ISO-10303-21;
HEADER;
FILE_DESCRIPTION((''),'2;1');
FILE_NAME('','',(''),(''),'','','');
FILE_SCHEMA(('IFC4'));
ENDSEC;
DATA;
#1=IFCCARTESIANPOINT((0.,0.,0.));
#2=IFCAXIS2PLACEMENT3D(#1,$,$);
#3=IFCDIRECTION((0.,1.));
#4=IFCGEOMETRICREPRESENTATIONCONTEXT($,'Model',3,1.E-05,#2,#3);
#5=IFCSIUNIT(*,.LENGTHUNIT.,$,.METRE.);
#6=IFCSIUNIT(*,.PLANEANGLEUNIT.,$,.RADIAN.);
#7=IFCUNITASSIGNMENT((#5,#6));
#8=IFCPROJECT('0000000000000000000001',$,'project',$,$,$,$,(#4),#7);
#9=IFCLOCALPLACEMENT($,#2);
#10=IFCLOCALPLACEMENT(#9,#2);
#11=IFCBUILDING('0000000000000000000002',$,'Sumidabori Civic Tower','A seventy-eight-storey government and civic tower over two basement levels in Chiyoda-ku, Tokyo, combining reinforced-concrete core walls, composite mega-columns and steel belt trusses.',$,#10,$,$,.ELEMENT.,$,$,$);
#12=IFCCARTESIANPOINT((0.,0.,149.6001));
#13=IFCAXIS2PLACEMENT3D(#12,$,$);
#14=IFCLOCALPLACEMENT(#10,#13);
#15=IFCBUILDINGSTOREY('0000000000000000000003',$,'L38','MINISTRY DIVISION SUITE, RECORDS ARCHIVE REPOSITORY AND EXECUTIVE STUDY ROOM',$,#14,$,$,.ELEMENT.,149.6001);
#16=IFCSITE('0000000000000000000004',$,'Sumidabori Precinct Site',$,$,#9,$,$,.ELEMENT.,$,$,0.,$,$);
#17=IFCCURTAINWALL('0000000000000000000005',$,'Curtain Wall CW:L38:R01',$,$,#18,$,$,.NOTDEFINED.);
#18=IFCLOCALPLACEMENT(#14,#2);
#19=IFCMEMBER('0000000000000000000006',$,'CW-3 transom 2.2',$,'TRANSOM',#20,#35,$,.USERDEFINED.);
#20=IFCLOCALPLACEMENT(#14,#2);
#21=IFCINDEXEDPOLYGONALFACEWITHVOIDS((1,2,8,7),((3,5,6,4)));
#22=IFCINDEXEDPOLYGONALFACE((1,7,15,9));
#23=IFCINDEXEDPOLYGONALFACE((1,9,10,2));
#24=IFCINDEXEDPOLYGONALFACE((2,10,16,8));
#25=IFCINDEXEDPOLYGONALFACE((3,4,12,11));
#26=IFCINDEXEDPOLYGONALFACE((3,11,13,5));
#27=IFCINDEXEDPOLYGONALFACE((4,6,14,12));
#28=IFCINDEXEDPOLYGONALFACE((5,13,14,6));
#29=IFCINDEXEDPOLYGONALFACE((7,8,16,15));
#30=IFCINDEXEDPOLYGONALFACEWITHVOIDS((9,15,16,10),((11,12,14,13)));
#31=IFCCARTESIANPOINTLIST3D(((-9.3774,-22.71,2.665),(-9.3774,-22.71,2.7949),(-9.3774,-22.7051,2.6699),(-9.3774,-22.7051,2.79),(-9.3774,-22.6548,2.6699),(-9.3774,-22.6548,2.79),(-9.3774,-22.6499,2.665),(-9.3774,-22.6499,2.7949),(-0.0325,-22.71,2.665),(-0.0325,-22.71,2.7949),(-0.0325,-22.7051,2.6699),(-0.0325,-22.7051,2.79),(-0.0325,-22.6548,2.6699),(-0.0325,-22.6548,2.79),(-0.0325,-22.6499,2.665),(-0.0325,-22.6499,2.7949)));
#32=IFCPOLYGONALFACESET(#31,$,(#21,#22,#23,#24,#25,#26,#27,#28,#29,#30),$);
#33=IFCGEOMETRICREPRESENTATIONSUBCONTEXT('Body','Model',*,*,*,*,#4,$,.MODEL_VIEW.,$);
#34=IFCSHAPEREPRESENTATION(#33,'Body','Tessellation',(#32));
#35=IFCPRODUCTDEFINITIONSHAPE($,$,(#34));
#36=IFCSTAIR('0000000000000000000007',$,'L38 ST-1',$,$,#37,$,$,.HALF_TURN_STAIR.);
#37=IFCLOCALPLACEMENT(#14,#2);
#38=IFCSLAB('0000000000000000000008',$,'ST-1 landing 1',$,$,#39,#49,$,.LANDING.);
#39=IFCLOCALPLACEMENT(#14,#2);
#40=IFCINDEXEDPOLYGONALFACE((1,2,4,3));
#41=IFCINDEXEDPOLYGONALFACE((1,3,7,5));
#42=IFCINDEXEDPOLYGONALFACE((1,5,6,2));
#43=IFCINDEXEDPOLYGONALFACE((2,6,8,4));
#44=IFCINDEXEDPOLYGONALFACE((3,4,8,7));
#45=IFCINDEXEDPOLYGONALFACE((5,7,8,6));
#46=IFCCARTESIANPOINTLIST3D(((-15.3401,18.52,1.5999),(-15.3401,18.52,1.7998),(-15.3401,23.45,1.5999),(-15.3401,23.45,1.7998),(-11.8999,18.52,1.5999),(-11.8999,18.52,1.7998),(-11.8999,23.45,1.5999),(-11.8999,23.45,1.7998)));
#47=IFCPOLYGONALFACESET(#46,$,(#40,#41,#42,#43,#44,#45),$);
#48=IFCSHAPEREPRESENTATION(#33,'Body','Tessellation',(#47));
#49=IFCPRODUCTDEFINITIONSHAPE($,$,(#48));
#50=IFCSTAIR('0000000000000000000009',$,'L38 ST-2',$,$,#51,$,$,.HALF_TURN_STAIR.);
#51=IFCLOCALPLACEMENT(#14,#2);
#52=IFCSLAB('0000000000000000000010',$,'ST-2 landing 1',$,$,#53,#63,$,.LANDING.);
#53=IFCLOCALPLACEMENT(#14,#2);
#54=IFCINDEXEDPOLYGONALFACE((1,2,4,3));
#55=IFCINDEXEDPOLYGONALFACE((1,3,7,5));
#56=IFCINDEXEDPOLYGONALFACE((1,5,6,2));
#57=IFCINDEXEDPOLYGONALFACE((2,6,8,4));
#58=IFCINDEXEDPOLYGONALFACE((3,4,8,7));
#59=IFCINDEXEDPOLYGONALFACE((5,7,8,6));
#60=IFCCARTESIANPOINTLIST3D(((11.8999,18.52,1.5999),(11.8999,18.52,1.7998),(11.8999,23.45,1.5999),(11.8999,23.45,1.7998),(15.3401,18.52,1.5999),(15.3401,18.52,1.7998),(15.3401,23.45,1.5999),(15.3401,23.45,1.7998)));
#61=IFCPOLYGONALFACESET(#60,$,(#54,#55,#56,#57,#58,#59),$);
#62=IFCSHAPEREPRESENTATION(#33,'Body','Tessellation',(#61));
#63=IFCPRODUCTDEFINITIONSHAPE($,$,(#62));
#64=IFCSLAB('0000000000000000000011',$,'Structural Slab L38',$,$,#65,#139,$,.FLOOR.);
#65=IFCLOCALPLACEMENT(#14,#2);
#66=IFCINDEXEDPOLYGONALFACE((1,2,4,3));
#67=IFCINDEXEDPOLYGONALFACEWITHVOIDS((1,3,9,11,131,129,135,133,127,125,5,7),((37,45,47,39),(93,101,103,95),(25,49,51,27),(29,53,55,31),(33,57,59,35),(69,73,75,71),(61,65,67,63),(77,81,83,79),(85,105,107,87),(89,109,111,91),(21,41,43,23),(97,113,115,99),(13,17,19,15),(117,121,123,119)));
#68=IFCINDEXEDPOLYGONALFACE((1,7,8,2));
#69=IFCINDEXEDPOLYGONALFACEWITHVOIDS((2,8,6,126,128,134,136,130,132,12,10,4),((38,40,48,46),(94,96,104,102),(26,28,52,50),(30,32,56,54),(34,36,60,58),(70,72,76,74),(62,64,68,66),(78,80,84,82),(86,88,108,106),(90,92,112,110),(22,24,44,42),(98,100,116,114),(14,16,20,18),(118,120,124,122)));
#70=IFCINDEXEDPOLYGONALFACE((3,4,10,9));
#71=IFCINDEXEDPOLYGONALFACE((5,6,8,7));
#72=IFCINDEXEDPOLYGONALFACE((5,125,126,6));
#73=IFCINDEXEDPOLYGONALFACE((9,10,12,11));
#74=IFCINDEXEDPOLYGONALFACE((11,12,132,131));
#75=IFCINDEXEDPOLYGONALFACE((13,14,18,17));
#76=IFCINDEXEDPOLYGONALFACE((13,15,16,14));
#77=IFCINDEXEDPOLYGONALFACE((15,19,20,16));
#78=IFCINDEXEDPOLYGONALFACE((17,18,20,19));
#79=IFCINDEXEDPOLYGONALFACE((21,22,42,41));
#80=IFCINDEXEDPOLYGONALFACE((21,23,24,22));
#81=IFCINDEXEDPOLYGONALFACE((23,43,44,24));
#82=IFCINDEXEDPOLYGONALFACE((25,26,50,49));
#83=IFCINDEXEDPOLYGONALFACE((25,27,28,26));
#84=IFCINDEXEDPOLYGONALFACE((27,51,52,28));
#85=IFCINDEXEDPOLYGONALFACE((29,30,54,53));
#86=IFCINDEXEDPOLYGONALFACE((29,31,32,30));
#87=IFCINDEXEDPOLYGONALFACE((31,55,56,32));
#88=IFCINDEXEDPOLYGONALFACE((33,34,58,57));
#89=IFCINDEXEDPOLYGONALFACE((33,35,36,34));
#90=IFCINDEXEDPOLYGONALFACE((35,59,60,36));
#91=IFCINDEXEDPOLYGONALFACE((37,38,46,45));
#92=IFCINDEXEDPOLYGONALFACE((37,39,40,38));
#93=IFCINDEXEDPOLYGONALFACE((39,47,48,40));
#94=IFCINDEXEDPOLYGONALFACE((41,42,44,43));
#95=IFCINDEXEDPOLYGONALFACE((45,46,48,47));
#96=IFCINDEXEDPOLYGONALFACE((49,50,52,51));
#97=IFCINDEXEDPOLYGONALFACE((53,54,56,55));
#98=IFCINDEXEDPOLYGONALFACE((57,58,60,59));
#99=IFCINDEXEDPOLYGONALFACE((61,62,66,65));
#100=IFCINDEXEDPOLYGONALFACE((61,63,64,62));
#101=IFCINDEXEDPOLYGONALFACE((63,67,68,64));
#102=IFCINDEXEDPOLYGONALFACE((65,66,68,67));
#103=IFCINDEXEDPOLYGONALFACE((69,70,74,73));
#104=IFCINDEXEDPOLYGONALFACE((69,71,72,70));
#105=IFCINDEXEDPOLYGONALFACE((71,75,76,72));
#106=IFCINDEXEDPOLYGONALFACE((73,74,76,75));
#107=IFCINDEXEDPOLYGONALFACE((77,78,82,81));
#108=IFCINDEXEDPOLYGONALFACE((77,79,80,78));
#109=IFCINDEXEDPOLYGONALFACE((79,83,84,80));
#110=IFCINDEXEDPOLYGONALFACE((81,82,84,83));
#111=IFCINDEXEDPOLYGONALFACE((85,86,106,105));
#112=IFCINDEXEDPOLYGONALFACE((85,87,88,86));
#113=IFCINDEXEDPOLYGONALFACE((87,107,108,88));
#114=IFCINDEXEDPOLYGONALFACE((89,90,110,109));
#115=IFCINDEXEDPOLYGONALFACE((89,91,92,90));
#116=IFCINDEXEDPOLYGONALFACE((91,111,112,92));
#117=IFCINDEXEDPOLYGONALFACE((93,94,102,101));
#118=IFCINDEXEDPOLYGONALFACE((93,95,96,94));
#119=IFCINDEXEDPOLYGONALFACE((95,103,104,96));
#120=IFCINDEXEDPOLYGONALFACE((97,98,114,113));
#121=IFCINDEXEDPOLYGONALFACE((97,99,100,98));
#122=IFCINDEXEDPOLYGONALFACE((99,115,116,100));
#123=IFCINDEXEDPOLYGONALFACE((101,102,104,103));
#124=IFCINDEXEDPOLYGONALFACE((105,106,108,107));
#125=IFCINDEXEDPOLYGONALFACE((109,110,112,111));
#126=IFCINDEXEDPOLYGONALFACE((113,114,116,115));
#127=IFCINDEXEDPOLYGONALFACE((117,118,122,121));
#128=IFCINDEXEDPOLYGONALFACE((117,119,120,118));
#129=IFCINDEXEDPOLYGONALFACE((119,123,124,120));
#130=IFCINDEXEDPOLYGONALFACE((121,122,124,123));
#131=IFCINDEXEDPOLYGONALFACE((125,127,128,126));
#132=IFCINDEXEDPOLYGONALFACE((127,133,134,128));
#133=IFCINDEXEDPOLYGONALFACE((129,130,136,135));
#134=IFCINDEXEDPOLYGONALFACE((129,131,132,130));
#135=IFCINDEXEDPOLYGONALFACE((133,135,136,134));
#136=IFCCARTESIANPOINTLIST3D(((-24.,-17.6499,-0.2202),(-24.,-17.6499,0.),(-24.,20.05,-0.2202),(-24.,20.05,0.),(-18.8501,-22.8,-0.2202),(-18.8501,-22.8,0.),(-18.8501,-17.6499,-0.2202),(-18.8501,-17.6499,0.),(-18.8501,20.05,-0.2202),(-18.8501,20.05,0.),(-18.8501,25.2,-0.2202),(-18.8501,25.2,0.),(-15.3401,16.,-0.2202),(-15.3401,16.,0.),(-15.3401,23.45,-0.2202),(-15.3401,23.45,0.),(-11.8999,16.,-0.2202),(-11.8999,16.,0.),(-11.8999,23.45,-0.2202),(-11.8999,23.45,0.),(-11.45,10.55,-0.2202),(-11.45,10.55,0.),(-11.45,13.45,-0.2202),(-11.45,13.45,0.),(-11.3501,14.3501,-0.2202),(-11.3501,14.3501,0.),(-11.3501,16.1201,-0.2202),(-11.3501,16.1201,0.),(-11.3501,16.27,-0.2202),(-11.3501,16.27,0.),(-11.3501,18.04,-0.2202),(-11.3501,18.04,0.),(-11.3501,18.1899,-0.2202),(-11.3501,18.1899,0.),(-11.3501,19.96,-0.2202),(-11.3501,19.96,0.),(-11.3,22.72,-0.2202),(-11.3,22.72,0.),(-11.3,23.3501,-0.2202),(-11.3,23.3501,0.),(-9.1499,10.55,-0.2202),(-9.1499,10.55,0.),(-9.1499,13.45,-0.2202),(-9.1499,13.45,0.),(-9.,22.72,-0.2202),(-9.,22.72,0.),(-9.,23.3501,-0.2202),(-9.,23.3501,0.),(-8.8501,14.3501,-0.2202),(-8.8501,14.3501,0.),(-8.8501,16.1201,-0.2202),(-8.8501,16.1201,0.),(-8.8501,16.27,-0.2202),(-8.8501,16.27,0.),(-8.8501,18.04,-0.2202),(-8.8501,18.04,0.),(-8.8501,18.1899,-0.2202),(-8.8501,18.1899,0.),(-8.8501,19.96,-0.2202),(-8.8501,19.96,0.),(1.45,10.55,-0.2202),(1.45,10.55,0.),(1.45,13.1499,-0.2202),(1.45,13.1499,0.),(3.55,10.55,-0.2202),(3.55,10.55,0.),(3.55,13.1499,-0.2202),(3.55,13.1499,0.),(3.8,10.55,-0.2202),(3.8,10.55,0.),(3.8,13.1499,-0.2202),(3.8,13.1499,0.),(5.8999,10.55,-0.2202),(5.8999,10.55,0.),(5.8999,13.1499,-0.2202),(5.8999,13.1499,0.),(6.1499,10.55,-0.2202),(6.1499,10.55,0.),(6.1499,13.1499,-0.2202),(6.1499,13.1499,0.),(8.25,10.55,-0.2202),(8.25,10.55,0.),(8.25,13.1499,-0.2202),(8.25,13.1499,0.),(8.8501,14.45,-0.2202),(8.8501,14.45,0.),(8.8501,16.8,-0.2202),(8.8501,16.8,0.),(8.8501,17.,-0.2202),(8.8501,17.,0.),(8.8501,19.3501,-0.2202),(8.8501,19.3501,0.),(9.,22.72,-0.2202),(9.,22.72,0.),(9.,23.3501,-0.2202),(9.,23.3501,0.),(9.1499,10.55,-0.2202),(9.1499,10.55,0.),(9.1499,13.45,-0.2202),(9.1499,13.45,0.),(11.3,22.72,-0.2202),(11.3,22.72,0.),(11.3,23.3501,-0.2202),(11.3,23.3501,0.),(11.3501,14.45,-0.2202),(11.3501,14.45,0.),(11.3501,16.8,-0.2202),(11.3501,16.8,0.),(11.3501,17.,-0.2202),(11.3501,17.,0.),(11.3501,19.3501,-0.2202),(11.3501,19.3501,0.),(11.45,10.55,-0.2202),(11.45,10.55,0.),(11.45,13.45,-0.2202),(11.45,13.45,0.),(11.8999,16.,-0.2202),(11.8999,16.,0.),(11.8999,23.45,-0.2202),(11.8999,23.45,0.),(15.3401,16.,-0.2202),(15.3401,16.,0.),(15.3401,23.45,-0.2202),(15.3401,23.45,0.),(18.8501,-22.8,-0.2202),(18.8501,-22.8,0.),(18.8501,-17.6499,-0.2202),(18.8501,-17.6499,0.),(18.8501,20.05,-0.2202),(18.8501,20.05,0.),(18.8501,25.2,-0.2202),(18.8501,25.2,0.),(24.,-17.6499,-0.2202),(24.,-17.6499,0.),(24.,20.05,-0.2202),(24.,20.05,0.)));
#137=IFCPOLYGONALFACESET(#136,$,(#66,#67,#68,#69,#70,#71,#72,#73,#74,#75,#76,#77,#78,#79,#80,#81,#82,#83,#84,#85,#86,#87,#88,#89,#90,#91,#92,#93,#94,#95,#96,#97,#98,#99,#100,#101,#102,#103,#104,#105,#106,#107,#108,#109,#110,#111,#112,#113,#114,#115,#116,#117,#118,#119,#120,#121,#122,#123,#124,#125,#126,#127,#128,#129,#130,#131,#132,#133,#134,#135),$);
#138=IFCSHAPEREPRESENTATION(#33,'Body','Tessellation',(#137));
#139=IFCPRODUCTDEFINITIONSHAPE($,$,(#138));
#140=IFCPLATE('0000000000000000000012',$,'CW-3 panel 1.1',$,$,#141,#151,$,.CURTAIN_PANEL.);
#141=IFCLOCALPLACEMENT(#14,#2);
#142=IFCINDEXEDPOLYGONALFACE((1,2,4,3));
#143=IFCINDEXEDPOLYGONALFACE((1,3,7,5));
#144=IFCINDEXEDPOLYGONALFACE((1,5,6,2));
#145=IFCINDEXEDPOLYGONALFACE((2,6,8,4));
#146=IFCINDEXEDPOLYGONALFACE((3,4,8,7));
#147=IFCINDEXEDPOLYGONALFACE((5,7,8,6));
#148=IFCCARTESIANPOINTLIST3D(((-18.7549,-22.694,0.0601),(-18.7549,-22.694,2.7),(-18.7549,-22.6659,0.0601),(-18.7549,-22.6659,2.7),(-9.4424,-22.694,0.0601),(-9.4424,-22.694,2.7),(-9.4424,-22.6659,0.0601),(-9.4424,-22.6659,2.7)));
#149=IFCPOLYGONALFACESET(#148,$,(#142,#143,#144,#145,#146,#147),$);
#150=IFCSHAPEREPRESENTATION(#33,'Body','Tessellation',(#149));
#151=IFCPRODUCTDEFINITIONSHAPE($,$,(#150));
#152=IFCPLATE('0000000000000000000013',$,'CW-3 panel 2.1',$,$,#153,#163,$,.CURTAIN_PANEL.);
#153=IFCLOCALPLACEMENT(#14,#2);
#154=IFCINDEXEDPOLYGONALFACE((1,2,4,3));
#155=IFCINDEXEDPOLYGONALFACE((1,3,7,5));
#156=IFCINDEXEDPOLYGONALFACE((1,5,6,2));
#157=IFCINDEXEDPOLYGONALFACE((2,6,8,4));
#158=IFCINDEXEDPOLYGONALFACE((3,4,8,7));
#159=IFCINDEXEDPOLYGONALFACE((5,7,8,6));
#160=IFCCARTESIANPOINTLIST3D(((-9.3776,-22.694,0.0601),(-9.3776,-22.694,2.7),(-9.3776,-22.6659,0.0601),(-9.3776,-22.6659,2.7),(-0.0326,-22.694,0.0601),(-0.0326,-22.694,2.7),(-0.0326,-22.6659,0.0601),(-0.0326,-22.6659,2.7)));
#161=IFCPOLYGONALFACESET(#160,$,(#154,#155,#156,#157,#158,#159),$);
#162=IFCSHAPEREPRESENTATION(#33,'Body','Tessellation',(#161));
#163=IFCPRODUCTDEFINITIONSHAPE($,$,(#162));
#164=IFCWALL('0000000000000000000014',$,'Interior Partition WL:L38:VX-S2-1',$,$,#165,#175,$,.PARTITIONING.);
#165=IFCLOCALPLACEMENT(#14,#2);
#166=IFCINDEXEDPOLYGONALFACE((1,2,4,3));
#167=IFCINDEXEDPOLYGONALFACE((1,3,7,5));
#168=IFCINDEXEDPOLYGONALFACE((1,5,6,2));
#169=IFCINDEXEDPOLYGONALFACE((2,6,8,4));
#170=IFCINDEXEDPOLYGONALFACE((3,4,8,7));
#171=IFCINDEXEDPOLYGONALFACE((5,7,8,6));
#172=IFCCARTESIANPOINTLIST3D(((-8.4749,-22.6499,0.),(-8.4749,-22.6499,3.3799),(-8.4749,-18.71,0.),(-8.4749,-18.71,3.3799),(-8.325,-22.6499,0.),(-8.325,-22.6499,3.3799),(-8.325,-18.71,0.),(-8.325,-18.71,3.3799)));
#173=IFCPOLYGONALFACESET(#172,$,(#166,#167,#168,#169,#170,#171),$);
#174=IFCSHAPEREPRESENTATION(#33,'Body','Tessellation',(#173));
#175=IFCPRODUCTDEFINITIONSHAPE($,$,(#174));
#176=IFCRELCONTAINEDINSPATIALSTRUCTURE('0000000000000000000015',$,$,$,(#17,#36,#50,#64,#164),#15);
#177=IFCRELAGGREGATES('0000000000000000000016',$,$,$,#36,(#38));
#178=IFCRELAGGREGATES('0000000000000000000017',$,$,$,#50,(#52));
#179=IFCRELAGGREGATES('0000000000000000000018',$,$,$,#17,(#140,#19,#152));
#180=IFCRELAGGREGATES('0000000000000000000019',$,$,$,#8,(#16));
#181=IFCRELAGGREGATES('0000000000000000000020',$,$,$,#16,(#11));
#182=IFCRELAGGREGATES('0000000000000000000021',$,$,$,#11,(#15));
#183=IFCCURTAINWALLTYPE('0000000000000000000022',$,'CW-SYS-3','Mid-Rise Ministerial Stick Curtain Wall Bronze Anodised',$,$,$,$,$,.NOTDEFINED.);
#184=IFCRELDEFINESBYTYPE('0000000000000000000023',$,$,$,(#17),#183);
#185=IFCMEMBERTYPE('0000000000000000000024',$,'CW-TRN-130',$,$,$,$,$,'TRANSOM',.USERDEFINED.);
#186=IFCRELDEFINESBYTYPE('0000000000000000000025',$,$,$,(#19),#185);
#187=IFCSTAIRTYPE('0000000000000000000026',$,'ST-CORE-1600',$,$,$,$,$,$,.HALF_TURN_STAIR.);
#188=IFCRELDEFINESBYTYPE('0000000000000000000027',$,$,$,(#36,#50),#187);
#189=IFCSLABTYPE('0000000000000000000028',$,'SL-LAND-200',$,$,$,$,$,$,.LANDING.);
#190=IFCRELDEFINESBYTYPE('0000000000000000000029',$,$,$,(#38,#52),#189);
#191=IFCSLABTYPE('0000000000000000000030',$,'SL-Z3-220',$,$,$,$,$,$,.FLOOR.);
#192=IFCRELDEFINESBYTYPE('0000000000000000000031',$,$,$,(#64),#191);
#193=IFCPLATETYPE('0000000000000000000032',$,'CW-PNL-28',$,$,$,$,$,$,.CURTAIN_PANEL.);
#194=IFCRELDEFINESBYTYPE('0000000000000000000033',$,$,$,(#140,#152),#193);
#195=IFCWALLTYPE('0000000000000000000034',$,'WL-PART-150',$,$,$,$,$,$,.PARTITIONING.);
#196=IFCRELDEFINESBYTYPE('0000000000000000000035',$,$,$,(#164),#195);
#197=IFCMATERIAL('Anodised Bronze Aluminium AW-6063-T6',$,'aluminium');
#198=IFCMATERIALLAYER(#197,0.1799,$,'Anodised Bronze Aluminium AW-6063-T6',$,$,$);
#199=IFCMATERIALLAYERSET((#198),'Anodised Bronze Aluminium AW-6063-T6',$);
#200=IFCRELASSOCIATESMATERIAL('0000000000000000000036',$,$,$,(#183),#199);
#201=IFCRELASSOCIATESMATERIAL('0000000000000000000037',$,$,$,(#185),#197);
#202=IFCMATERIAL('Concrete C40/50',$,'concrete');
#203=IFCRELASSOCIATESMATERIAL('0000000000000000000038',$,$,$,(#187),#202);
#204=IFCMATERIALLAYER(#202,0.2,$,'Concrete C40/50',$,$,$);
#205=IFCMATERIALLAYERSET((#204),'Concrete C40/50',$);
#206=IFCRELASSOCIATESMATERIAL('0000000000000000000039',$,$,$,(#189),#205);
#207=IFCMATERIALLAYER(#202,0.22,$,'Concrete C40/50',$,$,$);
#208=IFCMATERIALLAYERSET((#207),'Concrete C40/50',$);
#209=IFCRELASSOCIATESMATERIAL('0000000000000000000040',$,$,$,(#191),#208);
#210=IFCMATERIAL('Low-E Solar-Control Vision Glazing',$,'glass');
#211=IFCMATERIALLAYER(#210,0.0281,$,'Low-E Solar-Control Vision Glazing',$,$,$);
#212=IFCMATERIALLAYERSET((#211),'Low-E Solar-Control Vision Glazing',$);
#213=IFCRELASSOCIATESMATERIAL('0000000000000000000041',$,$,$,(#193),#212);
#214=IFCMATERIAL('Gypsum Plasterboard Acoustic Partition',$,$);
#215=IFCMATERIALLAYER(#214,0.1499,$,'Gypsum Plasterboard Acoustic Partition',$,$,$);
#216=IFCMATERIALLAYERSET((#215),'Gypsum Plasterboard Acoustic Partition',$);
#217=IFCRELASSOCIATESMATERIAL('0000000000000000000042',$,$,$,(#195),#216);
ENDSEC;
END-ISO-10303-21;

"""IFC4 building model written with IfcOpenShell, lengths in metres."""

from ifc_helpers import new_model, si_unit, direction, frame, frame_2d, origin, origin_2d, place, context, subcontext, project, spatial, polyline, rectangle, hollow_rectangle, outline, extrude, source, transform, mapped, material, layer, layer_set, material_profile, profile_set, type_object, element, aggregate, save


model = new_model("IFC4")

# Units and contexts
model_context = context("Model", 3, precision=1e-05, world=origin(), true_north=direction((0.0, 1.0)))
body_context = subcontext(model_context, "Body", "Model", "MODEL_VIEW")
ifc_project = project(units=[si_unit("LENGTHUNIT", "METRE"), si_unit("PLANEANGLEUNIT", "RADIAN")], contexts=[model_context])

# Site, building, storey
site_placement = place(None, origin())
site = spatial("IfcSite", under=ifc_project, at=site_placement, Name="Sumidabori Precinct Site", CompositionType="ELEMENT", RefElevation=0.0)
building_placement = place(site_placement, origin())
building = spatial("IfcBuilding", under=site, at=building_placement, Name="Sumidabori Civic Tower", Description="A seventy-eight-storey government and civic tower over two basement levels in Chiyoda-ku, Tokyo, combining reinforced-concrete core walls, composite mega-columns and steel belt trusses.", CompositionType="ELEMENT")
storey_placement = place(building_placement, frame((0.0, 0.0, 149.6001)))
storey = spatial("IfcBuildingStorey", under=building, at=storey_placement, Name="L38", Description="MINISTRY DIVISION SUITE, RECORDS ARCHIVE REPOSITORY AND EXECUTIVE STUDY ROOM", CompositionType="ELEMENT", Elevation=149.6001)

# Curtain wall, member
ifc_material_1 = material(Name="Anodised Bronze Aluminium AW-6063-T6", Category="aluminium")
ifc_layer_1 = layer(ifc_material_1, 0.1799, Name="Anodised Bronze Aluminium AW-6063-T6")
ifc_layer_set_1 = layer_set([ifc_layer_1], Name="Anodised Bronze Aluminium AW-6063-T6")
curtain_wall_type = type_object("IfcCurtainWallType", Name="CW-SYS-3", Description="Mid-Rise Ministerial Stick Curtain Wall Bronze Anodised", PredefinedType="NOTDEFINED", material=ifc_layer_set_1)
curtain_wall_placement = place(storey_placement, origin())
curtain_wall = element("IfcCurtainWall", 1, at=curtain_wall_placement, inside=storey, type_object=curtain_wall_type, Name="Curtain Wall CW:L38:R01", PredefinedType="NOTDEFINED")
ifc_material_profile_1 = material_profile(ifc_material_1, hollow_rectangle(XDim=0.0601, YDim=0.1299, WallThickness=0.0049, at=origin_2d()), Name="ALU TRANSOM 130x60")
ifc_profile_set_1 = profile_set([ifc_material_profile_1], Name="Anodised Bronze Aluminium AW-6063-T6")
member_type_1 = type_object("IfcMemberType", Name="CW-TRN-130", ElementType="TRANSOM", PredefinedType="USERDEFINED", material=ifc_profile_set_1)
shared_shape_1 = source(origin(), body_context, "Body", "SweptSolid", [
    extrude(hollow_rectangle(XDim=0.0601, YDim=0.1299, WallThickness=0.0049, at=origin_2d()), origin(), (0.0, 0.0, 1.0), 9.345),
])
member_1_placement = place(storey_placement, frame((-9.3774, -22.6799, 2.73), z_axis=(1.0, 0.0, 0.0), x_axis=(0.0, 1.0, 0.0)))
member_1 = element("IfcMember", 2, at=member_1_placement, type_object=member_type_1, Name="CW-3 transom 2.2", ObjectType="TRANSOM", PredefinedType="USERDEFINED", context=body_context, shape_type="MappedRepresentation", body=[
    mapped(shared_shape_1, transform((0.0, 0.0, 0.0), x_axis=(1.0, 0.0, 0.0), y_axis=(0.0, 1.0, 0.0), z_axis=(0.0, 0.0, 1.0), scale=1.0)),
])

# Stairs, slabs
ifc_material_2 = material(Name="Concrete C40/50", Category="concrete")
stair_type = type_object("IfcStairType", Name="ST-CORE-1600", PredefinedType="HALF_TURN_STAIR", material=ifc_material_2)
stair_1_placement = place(storey_placement, origin())
stair_1 = element("IfcStair", 3, at=stair_1_placement, inside=storey, type_object=stair_type, Name="L38 ST-1", PredefinedType="HALF_TURN_STAIR")
ifc_layer_2 = layer(ifc_material_2, 0.2, Name="Concrete C40/50")
ifc_layer_set_2 = layer_set([ifc_layer_2], Name="Concrete C40/50")
slab_type_1 = type_object("IfcSlabType", Name="SL-LAND-200", PredefinedType="LANDING", material=ifc_layer_set_2)
slab_1_placement = place(storey_placement, frame((0.0, 0.0, 1.5999)))
slab_1 = element("IfcSlab", 4, at=slab_1_placement, type_object=slab_type_1, Name="ST-1 landing 1", PredefinedType="LANDING", context=body_context, shape_type="SweptSolid", body=[
    extrude(outline(polyline([(-11.8999, 18.52), (-11.8999, 23.45), (-15.3401, 23.45), (-15.3401, 18.52), (-11.8999, 18.52)])), origin(), (0.0, 0.0, 1.0), 0.2),
])
aggregate(stair_1, [slab_1])
stair_2_placement = place(storey_placement, origin())
stair_2 = element("IfcStair", 5, at=stair_2_placement, inside=storey, type_object=stair_type, Name="L38 ST-2", PredefinedType="HALF_TURN_STAIR")
slab_2_placement = place(storey_placement, frame((0.0, 0.0, 1.5999)))
slab_2 = element("IfcSlab", 6, at=slab_2_placement, type_object=slab_type_1, Name="ST-2 landing 1", PredefinedType="LANDING", context=body_context, shape_type="SweptSolid", body=[
    extrude(outline(polyline([(15.3401, 18.52), (15.3401, 23.45), (11.8999, 23.45), (11.8999, 18.52), (15.3401, 18.52)])), origin(), (0.0, 0.0, 1.0), 0.2),
])
aggregate(stair_2, [slab_2])

# Slab
ifc_layer_3 = layer(ifc_material_2, 0.22, Name="Concrete C40/50")
ifc_layer_set_3 = layer_set([ifc_layer_3], Name="Concrete C40/50")
slab_type_2 = type_object("IfcSlabType", Name="SL-Z3-220", PredefinedType="FLOOR", material=ifc_layer_set_3)
slab_3_placement = place(storey_placement, frame((0.0, 0.0, -0.2202)))
element("IfcSlab", 7, at=slab_3_placement, inside=storey, type_object=slab_type_2, Name="Structural Slab L38", PredefinedType="FLOOR", context=body_context, shape_type="SweptSolid", body=[
    extrude(outline(polyline([(-18.8501, -22.8), (18.8501, -22.8), (18.8501, -17.6499), (24.0, -17.6499), (24.0, 20.05), (18.8501, 20.05), (18.8501, 25.2), (-18.8501, 25.2), (-18.8501, 20.05), (-24.0, 20.05), (-24.0, -17.6499), (-18.8501, -17.6499), (-18.8501, -22.8)]), holes=[polyline([(-11.8999, 16.0), (-11.8999, 23.45), (-15.3401, 23.45), (-15.3401, 16.0), (-11.8999, 16.0)]), polyline([(15.3401, 16.0), (15.3401, 23.45), (11.8999, 23.45), (11.8999, 16.0), (15.3401, 16.0)]), polyline([(-11.45, 10.55), (-9.1499, 10.55), (-9.1499, 13.45), (-11.45, 13.45), (-11.45, 10.55)]), polyline([(9.1499, 10.55), (11.45, 10.55), (11.45, 13.45), (9.1499, 13.45), (9.1499, 10.55)]), polyline([(1.45, 10.55), (3.55, 10.55), (3.55, 13.1499), (1.45, 13.1499), (1.45, 10.55)]), polyline([(3.8, 10.55), (5.8999, 10.55), (5.8999, 13.1499), (3.8, 13.1499), (3.8, 10.55)]), polyline([(6.1499, 10.55), (8.25, 10.55), (8.25, 13.1499), (6.1499, 13.1499), (6.1499, 10.55)]), polyline([(-11.3501, 14.3501), (-8.8501, 14.3501), (-8.8501, 16.1201), (-11.3501, 16.1201), (-11.3501, 14.3501)]), polyline([(-11.3501, 16.27), (-8.8501, 16.27), (-8.8501, 18.04), (-11.3501, 18.04), (-11.3501, 16.27)]), polyline([(-11.3501, 18.1899), (-8.8501, 18.1899), (-8.8501, 19.96), (-11.3501, 19.96), (-11.3501, 18.1899)]), polyline([(8.8501, 14.45), (11.3501, 14.45), (11.3501, 16.8), (8.8501, 16.8), (8.8501, 14.45)]), polyline([(8.8501, 17.0), (11.3501, 17.0), (11.3501, 19.3501), (8.8501, 19.3501), (8.8501, 17.0)]), polyline([(-11.3, 22.72), (-9.0, 22.72), (-9.0, 23.3501), (-11.3, 23.3501), (-11.3, 22.72)]), polyline([(9.0, 22.72), (11.3, 22.72), (11.3, 23.3501), (9.0, 23.3501), (9.0, 22.72)])]), origin(), (0.0, 0.0, 1.0), 0.2202),
])

# Plates
ifc_material_3 = material(Name="Low-E Solar-Control Vision Glazing", Category="glass")
ifc_layer_4 = layer(ifc_material_3, 0.0281, Name="Low-E Solar-Control Vision Glazing")
ifc_layer_set_4 = layer_set([ifc_layer_4], Name="Low-E Solar-Control Vision Glazing")
plate_type = type_object("IfcPlateType", Name="CW-PNL-28", PredefinedType="CURTAIN_PANEL", material=ifc_layer_set_4)
shared_shape_2 = source(origin(), body_context, "Body", "SweptSolid", [
    extrude(rectangle(XDim=9.3125, YDim=0.0281, at=origin_2d()), origin(), (0.0, 0.0, 1.0), 2.6399),
])
plate_1_placement = place(storey_placement, frame((-14.0986, -22.6799, 0.0601), z_axis=(0.0, 0.0, 1.0), x_axis=(1.0, 0.0, 0.0)))
plate_1 = element("IfcPlate", 8, at=plate_1_placement, type_object=plate_type, Name="CW-3 panel 1.1", PredefinedType="CURTAIN_PANEL", context=body_context, shape_type="MappedRepresentation", body=[
    mapped(shared_shape_2, transform((0.0, 0.0, 0.0), x_axis=(1.0, 0.0, 0.0), y_axis=(0.0, 1.0, 0.0), z_axis=(0.0, 0.0, 1.0), scale=1.0)),
])
shared_shape_3 = source(origin(), body_context, "Body", "SweptSolid", [
    extrude(rectangle(XDim=9.345, YDim=0.0281, at=origin_2d()), origin(), (0.0, 0.0, 1.0), 2.6399),
])
plate_2_placement = place(storey_placement, frame((-4.7051, -22.6799, 0.0601), z_axis=(0.0, 0.0, 1.0), x_axis=(1.0, 0.0, 0.0)))
plate_2 = element("IfcPlate", 9, at=plate_2_placement, type_object=plate_type, Name="CW-3 panel 2.1", PredefinedType="CURTAIN_PANEL", context=body_context, shape_type="MappedRepresentation", body=[
    mapped(shared_shape_3, transform((0.0, 0.0, 0.0), x_axis=(1.0, 0.0, 0.0), y_axis=(0.0, 1.0, 0.0), z_axis=(0.0, 0.0, 1.0), scale=1.0)),
])
aggregate(curtain_wall, [plate_1, member_1, plate_2])

# Wall
ifc_material_4 = material(Name="Gypsum Plasterboard Acoustic Partition")
ifc_layer_5 = layer(ifc_material_4, 0.1499, Name="Gypsum Plasterboard Acoustic Partition")
ifc_layer_set_5 = layer_set([ifc_layer_5], Name="Gypsum Plasterboard Acoustic Partition")
wall_type = type_object("IfcWallType", Name="WL-PART-150", PredefinedType="PARTITIONING", material=ifc_layer_set_5)
shared_shape_4 = source(origin(), body_context, "Body", "SweptSolid", [
    extrude(rectangle(XDim=3.9399, YDim=0.1499, at=frame_2d((1.97, 0.0))), origin(), (0.0, 0.0, 1.0), 3.3799),
])
for number, where, z_axis, x_axis, name in (
    (10, (-8.3999, -22.6499, 0.0), (0.0, 0.0, 1.0), (0.0, 1.0, 0.0), "Interior Partition WL:L38:VX-S2-1"),
):
    element("IfcWall", number, at=place(storey_placement, frame(where, z_axis=z_axis, x_axis=x_axis)), inside=storey, type_object=wall_type, Name=name, PredefinedType="PARTITIONING", context=body_context, shape_type="MappedRepresentation", body=[
        mapped(shared_shape_4, transform((0.0, 0.0, 0.0), x_axis=(1.0, 0.0, 0.0), y_axis=(0.0, 1.0, 0.0), z_axis=(0.0, 0.0, 1.0), scale=1.0)),
    ])

save(model, "model.ifc")
